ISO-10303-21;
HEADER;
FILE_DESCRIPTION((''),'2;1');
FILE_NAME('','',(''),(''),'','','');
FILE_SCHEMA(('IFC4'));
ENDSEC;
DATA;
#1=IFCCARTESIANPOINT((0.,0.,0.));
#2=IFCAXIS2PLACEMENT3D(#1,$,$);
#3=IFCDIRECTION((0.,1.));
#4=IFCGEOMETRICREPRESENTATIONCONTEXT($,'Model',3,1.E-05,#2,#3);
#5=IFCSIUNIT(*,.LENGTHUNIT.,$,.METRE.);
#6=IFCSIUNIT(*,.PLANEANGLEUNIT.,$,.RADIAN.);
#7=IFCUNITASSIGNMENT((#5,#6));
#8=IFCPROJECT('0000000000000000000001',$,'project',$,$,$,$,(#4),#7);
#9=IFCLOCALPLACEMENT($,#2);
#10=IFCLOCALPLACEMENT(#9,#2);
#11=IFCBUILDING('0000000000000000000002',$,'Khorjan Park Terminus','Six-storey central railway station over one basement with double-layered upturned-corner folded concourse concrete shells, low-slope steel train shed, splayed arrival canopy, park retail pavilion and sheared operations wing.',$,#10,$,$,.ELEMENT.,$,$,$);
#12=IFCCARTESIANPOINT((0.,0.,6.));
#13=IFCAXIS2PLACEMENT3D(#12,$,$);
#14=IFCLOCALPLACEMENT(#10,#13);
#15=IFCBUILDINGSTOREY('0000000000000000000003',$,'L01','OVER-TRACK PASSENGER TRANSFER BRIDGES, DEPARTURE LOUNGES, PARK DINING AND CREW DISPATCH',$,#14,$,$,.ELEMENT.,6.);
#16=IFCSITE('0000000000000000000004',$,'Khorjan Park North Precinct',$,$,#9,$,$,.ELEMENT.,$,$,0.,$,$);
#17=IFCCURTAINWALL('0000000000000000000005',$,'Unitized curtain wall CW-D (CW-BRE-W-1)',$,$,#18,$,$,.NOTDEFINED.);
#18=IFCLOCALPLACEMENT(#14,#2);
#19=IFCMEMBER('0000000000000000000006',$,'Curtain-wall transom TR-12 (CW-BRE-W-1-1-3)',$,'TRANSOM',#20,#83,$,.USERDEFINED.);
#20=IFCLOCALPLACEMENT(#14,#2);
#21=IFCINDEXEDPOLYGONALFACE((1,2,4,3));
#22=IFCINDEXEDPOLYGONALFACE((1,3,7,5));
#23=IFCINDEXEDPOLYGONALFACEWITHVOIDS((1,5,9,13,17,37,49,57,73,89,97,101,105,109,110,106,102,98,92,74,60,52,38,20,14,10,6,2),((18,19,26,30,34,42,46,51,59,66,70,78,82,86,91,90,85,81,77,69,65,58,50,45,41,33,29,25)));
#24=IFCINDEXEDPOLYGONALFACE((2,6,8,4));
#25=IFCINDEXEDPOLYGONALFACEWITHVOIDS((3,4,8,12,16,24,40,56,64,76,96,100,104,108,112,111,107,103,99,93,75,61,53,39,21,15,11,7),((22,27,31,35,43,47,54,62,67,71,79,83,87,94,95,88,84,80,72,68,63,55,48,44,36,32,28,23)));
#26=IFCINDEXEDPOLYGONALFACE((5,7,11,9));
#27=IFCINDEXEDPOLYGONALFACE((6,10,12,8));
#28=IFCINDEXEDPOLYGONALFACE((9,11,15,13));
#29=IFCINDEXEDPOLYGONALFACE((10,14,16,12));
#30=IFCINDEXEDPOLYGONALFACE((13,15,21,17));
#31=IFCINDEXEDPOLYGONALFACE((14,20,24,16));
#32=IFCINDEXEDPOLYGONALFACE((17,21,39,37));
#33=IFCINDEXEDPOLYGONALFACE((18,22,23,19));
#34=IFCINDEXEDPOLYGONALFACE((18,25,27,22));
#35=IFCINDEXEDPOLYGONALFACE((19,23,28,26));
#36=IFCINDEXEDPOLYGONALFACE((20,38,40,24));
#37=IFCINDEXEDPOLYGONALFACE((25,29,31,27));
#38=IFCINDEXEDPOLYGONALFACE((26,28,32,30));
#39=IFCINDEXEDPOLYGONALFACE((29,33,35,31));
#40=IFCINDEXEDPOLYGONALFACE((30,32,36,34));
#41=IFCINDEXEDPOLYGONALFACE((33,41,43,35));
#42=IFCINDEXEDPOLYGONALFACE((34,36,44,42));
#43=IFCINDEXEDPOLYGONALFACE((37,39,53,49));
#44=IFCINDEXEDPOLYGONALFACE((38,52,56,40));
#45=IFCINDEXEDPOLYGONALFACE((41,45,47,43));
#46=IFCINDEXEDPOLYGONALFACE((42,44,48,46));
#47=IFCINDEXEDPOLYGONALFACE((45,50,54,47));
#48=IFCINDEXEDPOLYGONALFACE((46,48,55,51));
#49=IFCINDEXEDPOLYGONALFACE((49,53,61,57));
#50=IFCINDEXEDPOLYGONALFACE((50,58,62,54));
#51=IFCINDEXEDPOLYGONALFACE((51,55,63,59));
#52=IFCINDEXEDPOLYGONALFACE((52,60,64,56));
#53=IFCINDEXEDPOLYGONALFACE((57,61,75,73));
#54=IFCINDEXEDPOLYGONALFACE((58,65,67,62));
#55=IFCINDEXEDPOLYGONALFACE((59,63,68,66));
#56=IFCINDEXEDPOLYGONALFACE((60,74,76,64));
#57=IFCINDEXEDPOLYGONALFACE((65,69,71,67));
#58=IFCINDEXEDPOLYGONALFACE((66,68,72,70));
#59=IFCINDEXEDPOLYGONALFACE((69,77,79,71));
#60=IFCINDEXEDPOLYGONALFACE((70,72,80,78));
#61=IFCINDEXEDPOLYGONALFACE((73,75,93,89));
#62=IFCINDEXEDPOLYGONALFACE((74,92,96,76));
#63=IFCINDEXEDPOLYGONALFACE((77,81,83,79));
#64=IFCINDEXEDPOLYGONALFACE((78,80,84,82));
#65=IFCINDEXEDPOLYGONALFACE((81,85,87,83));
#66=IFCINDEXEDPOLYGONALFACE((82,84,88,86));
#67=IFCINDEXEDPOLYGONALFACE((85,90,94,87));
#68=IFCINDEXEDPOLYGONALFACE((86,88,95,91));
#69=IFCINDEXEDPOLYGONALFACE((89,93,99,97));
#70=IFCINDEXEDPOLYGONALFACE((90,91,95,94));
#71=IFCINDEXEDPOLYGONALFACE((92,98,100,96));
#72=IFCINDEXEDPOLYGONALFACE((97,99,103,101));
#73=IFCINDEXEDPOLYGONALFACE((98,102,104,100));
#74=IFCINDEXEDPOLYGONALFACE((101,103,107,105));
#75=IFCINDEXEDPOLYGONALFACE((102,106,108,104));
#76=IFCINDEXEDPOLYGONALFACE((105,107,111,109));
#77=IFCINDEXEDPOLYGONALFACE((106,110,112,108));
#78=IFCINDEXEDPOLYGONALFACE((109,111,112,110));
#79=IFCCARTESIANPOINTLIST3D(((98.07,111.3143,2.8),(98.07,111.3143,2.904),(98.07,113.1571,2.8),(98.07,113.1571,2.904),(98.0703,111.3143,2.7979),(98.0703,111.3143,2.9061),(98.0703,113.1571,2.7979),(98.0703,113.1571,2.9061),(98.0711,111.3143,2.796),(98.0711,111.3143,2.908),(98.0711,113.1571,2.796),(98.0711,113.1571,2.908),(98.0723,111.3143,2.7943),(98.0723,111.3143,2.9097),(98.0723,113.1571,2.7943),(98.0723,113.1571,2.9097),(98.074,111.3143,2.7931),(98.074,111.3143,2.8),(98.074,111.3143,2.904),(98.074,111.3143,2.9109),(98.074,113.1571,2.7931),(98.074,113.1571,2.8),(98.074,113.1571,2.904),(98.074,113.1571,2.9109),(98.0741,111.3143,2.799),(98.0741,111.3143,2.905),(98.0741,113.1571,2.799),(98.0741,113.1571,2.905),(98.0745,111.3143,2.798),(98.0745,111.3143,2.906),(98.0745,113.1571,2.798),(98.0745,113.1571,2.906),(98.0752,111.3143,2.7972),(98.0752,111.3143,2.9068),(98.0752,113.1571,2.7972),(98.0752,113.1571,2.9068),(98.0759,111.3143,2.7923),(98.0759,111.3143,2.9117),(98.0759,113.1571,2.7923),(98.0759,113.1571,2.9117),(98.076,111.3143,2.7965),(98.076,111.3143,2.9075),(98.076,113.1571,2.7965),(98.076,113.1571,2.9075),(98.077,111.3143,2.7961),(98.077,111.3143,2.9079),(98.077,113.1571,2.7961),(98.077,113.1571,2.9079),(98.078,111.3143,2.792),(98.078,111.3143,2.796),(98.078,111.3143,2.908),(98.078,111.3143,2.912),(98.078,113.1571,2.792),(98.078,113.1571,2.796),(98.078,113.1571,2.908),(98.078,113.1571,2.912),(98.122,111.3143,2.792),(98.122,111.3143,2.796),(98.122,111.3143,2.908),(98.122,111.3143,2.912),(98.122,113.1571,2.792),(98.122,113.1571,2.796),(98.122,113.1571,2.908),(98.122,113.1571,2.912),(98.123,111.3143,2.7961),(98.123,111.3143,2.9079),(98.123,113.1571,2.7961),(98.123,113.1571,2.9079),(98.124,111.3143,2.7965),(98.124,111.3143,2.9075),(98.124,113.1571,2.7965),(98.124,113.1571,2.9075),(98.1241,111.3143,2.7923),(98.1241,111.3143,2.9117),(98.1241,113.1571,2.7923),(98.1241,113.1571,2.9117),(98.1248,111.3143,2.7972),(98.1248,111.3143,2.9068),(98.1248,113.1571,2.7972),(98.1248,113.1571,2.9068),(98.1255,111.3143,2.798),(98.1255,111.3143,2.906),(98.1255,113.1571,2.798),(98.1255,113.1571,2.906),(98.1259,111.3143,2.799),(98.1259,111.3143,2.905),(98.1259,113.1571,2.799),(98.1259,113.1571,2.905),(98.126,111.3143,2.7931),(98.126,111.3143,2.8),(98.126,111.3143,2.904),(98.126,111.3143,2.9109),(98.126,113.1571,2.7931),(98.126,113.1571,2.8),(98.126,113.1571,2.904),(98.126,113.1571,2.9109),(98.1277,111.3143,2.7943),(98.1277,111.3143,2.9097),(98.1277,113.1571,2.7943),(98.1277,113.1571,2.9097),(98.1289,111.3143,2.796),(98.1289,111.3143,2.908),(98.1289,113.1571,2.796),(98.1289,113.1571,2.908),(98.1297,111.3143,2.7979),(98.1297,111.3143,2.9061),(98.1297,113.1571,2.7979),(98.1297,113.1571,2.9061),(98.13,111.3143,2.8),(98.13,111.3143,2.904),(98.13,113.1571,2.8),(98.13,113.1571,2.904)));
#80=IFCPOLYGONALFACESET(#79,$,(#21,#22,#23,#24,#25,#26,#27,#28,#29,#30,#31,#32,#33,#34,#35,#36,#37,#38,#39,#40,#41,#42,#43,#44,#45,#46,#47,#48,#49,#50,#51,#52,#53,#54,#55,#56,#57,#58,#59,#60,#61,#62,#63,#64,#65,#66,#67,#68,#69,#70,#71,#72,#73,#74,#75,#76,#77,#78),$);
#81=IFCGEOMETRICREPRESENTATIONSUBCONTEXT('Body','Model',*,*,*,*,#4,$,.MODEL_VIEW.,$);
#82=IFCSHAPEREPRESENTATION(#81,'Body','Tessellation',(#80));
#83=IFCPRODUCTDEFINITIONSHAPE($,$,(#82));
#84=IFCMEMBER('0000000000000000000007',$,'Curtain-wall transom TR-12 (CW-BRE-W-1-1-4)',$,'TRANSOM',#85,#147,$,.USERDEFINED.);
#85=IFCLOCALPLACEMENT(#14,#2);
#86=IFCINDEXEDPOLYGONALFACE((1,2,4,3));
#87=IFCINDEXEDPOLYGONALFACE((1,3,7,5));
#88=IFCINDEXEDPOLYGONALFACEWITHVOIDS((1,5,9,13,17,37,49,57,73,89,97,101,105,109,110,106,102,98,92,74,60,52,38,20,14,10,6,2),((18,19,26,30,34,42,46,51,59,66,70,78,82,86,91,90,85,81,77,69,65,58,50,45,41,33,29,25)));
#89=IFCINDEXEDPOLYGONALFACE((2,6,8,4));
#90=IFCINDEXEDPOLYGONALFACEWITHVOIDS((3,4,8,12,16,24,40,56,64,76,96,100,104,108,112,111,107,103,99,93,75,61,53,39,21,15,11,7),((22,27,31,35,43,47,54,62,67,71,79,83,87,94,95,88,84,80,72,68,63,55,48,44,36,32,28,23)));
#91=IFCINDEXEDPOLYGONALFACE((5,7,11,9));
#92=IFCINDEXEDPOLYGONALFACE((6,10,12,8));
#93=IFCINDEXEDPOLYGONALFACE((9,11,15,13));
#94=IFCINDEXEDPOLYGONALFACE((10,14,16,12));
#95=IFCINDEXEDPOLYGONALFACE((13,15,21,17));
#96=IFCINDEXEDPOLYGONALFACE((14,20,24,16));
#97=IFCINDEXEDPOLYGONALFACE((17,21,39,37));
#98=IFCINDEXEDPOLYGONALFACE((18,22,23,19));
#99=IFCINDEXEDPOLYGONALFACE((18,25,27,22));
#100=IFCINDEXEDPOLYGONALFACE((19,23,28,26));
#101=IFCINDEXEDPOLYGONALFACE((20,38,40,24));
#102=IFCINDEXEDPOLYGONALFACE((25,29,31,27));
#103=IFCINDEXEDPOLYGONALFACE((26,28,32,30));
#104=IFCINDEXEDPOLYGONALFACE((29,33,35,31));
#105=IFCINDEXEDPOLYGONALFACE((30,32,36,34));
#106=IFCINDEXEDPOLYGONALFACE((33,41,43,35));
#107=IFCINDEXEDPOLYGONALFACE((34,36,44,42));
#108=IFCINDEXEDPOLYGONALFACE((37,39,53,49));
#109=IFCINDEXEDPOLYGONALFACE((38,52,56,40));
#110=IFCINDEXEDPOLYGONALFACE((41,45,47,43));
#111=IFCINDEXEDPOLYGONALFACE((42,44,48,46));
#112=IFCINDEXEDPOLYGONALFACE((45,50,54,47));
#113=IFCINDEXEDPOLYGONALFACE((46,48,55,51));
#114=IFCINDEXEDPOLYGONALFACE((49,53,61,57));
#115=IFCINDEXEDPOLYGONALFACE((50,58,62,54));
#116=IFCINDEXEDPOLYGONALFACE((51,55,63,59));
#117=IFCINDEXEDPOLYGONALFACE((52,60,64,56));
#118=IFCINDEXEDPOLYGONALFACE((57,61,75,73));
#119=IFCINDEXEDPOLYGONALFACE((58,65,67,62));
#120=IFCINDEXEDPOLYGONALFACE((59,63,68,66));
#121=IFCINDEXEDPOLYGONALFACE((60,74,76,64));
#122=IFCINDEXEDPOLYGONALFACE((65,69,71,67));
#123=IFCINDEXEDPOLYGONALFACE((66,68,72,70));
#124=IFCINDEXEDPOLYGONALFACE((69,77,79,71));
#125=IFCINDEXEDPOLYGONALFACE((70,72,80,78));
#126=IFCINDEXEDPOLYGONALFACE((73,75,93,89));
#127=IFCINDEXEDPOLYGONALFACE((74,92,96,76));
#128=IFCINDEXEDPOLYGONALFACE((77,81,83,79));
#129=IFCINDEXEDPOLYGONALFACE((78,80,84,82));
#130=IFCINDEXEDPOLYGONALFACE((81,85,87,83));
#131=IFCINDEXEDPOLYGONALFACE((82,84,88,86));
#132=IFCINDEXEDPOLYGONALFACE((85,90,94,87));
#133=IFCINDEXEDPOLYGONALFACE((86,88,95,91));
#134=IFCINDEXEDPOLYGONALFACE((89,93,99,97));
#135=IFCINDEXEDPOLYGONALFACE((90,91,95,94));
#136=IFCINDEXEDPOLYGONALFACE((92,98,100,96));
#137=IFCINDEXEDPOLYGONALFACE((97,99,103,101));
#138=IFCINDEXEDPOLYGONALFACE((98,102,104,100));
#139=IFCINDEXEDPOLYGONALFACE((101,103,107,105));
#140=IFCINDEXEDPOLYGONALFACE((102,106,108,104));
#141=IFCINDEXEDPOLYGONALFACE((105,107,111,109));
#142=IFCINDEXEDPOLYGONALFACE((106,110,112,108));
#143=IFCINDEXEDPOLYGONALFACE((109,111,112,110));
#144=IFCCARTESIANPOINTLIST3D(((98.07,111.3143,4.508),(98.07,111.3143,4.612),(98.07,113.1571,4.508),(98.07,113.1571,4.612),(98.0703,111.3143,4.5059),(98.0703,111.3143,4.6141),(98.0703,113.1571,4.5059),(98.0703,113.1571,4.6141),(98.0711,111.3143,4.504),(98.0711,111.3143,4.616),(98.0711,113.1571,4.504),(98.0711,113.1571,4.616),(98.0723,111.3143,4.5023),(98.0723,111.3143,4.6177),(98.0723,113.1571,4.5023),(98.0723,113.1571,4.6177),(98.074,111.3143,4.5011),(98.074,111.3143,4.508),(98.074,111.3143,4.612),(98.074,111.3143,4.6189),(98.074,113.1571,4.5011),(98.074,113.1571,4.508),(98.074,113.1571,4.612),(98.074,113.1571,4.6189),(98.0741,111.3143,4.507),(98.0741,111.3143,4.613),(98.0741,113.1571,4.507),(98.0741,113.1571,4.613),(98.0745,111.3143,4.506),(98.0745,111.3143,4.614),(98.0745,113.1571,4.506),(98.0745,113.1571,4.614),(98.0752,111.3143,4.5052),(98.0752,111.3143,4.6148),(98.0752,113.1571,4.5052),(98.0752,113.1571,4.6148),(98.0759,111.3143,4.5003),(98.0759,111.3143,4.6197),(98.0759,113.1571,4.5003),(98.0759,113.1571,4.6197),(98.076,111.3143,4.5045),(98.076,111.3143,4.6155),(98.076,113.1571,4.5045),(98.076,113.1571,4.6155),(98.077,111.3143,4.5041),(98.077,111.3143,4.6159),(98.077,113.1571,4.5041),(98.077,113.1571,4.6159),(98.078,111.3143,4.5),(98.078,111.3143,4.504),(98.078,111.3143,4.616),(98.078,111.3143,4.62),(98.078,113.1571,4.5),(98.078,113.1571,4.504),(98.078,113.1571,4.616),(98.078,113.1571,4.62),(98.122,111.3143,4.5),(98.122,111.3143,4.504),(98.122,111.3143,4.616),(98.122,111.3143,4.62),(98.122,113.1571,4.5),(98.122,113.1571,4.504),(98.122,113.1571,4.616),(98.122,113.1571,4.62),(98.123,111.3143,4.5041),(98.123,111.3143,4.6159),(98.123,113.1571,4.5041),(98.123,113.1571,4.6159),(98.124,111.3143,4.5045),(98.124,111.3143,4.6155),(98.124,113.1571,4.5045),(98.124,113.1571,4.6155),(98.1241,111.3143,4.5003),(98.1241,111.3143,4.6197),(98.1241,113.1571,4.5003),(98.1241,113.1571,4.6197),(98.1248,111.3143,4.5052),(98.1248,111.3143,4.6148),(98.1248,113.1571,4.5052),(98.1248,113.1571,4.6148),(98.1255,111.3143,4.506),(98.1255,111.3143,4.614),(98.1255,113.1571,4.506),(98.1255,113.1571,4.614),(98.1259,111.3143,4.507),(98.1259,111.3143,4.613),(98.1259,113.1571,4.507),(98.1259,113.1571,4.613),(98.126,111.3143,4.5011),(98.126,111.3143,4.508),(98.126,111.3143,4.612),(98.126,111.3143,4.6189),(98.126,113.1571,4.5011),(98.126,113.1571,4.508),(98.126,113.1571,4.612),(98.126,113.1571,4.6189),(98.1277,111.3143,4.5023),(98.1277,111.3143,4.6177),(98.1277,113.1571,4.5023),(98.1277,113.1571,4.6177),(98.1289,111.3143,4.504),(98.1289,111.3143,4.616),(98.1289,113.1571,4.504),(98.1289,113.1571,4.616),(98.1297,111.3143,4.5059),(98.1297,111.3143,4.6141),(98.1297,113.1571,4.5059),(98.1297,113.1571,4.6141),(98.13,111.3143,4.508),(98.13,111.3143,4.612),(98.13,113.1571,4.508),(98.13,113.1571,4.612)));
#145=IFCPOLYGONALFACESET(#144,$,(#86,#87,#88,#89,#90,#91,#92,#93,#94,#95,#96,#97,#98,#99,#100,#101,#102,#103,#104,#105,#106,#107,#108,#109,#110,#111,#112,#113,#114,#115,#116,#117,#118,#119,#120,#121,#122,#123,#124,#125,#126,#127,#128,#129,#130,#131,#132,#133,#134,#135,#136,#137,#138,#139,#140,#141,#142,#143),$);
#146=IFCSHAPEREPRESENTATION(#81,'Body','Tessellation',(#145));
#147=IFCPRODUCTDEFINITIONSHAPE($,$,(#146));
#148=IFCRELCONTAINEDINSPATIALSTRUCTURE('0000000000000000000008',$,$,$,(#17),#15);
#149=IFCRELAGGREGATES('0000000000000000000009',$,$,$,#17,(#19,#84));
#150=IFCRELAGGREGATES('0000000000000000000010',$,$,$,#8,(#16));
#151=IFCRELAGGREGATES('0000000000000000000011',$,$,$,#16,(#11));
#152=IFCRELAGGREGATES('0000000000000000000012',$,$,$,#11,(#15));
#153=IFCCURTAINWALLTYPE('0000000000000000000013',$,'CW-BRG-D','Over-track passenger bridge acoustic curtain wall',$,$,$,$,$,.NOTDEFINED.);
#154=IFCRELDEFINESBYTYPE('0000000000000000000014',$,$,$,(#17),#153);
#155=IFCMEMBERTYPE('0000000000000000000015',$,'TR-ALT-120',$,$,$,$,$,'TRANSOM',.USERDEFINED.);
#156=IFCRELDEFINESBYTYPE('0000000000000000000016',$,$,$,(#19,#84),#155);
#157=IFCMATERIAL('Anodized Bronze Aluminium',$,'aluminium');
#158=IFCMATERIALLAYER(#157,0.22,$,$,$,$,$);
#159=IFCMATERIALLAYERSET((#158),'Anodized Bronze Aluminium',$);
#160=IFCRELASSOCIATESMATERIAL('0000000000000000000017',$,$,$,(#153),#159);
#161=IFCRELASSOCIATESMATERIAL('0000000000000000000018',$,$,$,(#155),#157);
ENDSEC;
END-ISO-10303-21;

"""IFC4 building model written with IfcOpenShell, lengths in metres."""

from ifc_helpers import new_model, si_unit, direction, frame, origin, origin_2d, place, context, subcontext, project, spatial, hollow_rectangle, extrude, material, layer, layer_set, material_profile, profile_set, type_object, element, aggregate, save


model = new_model("IFC4")

# Units and contexts
model_context = context("Model", 3, precision=1e-05, world=origin(), true_north=direction((0.0, 1.0)))
body_context = subcontext(model_context, "Body", "Model", "MODEL_VIEW")
ifc_project = project(units=[si_unit("LENGTHUNIT", "METRE"), si_unit("PLANEANGLEUNIT", "RADIAN")], contexts=[model_context])

# Site, building, storey
site_placement = place(None, origin())
site = spatial("IfcSite", under=ifc_project, at=site_placement, Name="Khorjan Park North Precinct", CompositionType="ELEMENT", RefElevation=0.0)
building_placement = place(site_placement, origin())
building = spatial("IfcBuilding", under=site, at=building_placement, Name="Khorjan Park Terminus", Description="Six-storey central railway station over one basement with double-layered upturned-corner folded concourse concrete shells, low-slope steel train shed, splayed arrival canopy, park retail pavilion and sheared operations wing.", CompositionType="ELEMENT")
storey_placement = place(building_placement, frame((0.0, 0.0, 6.0)))
storey = spatial("IfcBuildingStorey", under=building, at=storey_placement, Name="L01", Description="OVER-TRACK PASSENGER TRANSFER BRIDGES, DEPARTURE LOUNGES, PARK DINING AND CREW DISPATCH", CompositionType="ELEMENT", Elevation=6.0)

# Shared definitions
ifc_material_1 = material(Name="Anodized Bronze Aluminium", Category="aluminium")
ifc_layer_1 = layer(ifc_material_1, 0.22)
ifc_layer_set_1 = layer_set([ifc_layer_1], Name="Anodized Bronze Aluminium")
curtain_wall_type = type_object("IfcCurtainWallType", Name="CW-BRG-D", Description="Over-track passenger bridge acoustic curtain wall", PredefinedType="NOTDEFINED", material=ifc_layer_set_1)

# Curtain wall
curtain_wall_1_placement = place(storey_placement, origin())
curtain_wall_1 = element("IfcCurtainWall", 1, at=curtain_wall_1_placement, inside=storey, type_object=curtain_wall_type, Name="Unitized curtain wall CW-D (CW-BRE-W-1)", PredefinedType="NOTDEFINED")

# Members
ifc_material_profile_1 = material_profile(ifc_material_1, hollow_rectangle(XDim=0.06, YDim=0.12, WallThickness=0.004, InnerFilletRadius=0.004, OuterFilletRadius=0.008, at=origin_2d()), Name="ALT 60x120x4")
ifc_profile_set_1 = profile_set([ifc_material_profile_1], Name="Anodized Bronze Aluminium")
member_type_1 = type_object("IfcMemberType", Name="TR-ALT-120", ElementType="TRANSOM", PredefinedType="USERDEFINED", material=ifc_profile_set_1)
member_1_placement = place(storey_placement, frame((98.1, 113.1571, 2.852), z_axis=(0.0, -1.0, 0.0), x_axis=(1.0, 0.0, 0.0)))
member_1 = element("IfcMember", 2, at=member_1_placement, type_object=member_type_1, Name="Curtain-wall transom TR-12 (CW-BRE-W-1-1-3)", ObjectType="TRANSOM", PredefinedType="USERDEFINED", context=body_context, shape_type="SweptSolid", body=[
    extrude(hollow_rectangle(XDim=0.06, YDim=0.12, WallThickness=0.004, InnerFilletRadius=0.004, OuterFilletRadius=0.008, at=origin_2d()), origin(), (0.0, 0.0, 1.0), 1.8428),
])
member_2_placement = place(storey_placement, frame((98.1, 113.1571, 4.56), z_axis=(0.0, -1.0, 0.0), x_axis=(1.0, 0.0, 0.0)))
member_2 = element("IfcMember", 3, at=member_2_placement, type_object=member_type_1, Name="Curtain-wall transom TR-12 (CW-BRE-W-1-1-4)", ObjectType="TRANSOM", PredefinedType="USERDEFINED", context=body_context, shape_type="SweptSolid", body=[
    extrude(hollow_rectangle(XDim=0.06, YDim=0.12, WallThickness=0.004, InnerFilletRadius=0.004, OuterFilletRadius=0.008, at=origin_2d()), origin(), (0.0, 0.0, 1.0), 1.8428),
])

aggregate(curtain_wall_1, [member_1, member_2])

save(model, "model.ifc")
